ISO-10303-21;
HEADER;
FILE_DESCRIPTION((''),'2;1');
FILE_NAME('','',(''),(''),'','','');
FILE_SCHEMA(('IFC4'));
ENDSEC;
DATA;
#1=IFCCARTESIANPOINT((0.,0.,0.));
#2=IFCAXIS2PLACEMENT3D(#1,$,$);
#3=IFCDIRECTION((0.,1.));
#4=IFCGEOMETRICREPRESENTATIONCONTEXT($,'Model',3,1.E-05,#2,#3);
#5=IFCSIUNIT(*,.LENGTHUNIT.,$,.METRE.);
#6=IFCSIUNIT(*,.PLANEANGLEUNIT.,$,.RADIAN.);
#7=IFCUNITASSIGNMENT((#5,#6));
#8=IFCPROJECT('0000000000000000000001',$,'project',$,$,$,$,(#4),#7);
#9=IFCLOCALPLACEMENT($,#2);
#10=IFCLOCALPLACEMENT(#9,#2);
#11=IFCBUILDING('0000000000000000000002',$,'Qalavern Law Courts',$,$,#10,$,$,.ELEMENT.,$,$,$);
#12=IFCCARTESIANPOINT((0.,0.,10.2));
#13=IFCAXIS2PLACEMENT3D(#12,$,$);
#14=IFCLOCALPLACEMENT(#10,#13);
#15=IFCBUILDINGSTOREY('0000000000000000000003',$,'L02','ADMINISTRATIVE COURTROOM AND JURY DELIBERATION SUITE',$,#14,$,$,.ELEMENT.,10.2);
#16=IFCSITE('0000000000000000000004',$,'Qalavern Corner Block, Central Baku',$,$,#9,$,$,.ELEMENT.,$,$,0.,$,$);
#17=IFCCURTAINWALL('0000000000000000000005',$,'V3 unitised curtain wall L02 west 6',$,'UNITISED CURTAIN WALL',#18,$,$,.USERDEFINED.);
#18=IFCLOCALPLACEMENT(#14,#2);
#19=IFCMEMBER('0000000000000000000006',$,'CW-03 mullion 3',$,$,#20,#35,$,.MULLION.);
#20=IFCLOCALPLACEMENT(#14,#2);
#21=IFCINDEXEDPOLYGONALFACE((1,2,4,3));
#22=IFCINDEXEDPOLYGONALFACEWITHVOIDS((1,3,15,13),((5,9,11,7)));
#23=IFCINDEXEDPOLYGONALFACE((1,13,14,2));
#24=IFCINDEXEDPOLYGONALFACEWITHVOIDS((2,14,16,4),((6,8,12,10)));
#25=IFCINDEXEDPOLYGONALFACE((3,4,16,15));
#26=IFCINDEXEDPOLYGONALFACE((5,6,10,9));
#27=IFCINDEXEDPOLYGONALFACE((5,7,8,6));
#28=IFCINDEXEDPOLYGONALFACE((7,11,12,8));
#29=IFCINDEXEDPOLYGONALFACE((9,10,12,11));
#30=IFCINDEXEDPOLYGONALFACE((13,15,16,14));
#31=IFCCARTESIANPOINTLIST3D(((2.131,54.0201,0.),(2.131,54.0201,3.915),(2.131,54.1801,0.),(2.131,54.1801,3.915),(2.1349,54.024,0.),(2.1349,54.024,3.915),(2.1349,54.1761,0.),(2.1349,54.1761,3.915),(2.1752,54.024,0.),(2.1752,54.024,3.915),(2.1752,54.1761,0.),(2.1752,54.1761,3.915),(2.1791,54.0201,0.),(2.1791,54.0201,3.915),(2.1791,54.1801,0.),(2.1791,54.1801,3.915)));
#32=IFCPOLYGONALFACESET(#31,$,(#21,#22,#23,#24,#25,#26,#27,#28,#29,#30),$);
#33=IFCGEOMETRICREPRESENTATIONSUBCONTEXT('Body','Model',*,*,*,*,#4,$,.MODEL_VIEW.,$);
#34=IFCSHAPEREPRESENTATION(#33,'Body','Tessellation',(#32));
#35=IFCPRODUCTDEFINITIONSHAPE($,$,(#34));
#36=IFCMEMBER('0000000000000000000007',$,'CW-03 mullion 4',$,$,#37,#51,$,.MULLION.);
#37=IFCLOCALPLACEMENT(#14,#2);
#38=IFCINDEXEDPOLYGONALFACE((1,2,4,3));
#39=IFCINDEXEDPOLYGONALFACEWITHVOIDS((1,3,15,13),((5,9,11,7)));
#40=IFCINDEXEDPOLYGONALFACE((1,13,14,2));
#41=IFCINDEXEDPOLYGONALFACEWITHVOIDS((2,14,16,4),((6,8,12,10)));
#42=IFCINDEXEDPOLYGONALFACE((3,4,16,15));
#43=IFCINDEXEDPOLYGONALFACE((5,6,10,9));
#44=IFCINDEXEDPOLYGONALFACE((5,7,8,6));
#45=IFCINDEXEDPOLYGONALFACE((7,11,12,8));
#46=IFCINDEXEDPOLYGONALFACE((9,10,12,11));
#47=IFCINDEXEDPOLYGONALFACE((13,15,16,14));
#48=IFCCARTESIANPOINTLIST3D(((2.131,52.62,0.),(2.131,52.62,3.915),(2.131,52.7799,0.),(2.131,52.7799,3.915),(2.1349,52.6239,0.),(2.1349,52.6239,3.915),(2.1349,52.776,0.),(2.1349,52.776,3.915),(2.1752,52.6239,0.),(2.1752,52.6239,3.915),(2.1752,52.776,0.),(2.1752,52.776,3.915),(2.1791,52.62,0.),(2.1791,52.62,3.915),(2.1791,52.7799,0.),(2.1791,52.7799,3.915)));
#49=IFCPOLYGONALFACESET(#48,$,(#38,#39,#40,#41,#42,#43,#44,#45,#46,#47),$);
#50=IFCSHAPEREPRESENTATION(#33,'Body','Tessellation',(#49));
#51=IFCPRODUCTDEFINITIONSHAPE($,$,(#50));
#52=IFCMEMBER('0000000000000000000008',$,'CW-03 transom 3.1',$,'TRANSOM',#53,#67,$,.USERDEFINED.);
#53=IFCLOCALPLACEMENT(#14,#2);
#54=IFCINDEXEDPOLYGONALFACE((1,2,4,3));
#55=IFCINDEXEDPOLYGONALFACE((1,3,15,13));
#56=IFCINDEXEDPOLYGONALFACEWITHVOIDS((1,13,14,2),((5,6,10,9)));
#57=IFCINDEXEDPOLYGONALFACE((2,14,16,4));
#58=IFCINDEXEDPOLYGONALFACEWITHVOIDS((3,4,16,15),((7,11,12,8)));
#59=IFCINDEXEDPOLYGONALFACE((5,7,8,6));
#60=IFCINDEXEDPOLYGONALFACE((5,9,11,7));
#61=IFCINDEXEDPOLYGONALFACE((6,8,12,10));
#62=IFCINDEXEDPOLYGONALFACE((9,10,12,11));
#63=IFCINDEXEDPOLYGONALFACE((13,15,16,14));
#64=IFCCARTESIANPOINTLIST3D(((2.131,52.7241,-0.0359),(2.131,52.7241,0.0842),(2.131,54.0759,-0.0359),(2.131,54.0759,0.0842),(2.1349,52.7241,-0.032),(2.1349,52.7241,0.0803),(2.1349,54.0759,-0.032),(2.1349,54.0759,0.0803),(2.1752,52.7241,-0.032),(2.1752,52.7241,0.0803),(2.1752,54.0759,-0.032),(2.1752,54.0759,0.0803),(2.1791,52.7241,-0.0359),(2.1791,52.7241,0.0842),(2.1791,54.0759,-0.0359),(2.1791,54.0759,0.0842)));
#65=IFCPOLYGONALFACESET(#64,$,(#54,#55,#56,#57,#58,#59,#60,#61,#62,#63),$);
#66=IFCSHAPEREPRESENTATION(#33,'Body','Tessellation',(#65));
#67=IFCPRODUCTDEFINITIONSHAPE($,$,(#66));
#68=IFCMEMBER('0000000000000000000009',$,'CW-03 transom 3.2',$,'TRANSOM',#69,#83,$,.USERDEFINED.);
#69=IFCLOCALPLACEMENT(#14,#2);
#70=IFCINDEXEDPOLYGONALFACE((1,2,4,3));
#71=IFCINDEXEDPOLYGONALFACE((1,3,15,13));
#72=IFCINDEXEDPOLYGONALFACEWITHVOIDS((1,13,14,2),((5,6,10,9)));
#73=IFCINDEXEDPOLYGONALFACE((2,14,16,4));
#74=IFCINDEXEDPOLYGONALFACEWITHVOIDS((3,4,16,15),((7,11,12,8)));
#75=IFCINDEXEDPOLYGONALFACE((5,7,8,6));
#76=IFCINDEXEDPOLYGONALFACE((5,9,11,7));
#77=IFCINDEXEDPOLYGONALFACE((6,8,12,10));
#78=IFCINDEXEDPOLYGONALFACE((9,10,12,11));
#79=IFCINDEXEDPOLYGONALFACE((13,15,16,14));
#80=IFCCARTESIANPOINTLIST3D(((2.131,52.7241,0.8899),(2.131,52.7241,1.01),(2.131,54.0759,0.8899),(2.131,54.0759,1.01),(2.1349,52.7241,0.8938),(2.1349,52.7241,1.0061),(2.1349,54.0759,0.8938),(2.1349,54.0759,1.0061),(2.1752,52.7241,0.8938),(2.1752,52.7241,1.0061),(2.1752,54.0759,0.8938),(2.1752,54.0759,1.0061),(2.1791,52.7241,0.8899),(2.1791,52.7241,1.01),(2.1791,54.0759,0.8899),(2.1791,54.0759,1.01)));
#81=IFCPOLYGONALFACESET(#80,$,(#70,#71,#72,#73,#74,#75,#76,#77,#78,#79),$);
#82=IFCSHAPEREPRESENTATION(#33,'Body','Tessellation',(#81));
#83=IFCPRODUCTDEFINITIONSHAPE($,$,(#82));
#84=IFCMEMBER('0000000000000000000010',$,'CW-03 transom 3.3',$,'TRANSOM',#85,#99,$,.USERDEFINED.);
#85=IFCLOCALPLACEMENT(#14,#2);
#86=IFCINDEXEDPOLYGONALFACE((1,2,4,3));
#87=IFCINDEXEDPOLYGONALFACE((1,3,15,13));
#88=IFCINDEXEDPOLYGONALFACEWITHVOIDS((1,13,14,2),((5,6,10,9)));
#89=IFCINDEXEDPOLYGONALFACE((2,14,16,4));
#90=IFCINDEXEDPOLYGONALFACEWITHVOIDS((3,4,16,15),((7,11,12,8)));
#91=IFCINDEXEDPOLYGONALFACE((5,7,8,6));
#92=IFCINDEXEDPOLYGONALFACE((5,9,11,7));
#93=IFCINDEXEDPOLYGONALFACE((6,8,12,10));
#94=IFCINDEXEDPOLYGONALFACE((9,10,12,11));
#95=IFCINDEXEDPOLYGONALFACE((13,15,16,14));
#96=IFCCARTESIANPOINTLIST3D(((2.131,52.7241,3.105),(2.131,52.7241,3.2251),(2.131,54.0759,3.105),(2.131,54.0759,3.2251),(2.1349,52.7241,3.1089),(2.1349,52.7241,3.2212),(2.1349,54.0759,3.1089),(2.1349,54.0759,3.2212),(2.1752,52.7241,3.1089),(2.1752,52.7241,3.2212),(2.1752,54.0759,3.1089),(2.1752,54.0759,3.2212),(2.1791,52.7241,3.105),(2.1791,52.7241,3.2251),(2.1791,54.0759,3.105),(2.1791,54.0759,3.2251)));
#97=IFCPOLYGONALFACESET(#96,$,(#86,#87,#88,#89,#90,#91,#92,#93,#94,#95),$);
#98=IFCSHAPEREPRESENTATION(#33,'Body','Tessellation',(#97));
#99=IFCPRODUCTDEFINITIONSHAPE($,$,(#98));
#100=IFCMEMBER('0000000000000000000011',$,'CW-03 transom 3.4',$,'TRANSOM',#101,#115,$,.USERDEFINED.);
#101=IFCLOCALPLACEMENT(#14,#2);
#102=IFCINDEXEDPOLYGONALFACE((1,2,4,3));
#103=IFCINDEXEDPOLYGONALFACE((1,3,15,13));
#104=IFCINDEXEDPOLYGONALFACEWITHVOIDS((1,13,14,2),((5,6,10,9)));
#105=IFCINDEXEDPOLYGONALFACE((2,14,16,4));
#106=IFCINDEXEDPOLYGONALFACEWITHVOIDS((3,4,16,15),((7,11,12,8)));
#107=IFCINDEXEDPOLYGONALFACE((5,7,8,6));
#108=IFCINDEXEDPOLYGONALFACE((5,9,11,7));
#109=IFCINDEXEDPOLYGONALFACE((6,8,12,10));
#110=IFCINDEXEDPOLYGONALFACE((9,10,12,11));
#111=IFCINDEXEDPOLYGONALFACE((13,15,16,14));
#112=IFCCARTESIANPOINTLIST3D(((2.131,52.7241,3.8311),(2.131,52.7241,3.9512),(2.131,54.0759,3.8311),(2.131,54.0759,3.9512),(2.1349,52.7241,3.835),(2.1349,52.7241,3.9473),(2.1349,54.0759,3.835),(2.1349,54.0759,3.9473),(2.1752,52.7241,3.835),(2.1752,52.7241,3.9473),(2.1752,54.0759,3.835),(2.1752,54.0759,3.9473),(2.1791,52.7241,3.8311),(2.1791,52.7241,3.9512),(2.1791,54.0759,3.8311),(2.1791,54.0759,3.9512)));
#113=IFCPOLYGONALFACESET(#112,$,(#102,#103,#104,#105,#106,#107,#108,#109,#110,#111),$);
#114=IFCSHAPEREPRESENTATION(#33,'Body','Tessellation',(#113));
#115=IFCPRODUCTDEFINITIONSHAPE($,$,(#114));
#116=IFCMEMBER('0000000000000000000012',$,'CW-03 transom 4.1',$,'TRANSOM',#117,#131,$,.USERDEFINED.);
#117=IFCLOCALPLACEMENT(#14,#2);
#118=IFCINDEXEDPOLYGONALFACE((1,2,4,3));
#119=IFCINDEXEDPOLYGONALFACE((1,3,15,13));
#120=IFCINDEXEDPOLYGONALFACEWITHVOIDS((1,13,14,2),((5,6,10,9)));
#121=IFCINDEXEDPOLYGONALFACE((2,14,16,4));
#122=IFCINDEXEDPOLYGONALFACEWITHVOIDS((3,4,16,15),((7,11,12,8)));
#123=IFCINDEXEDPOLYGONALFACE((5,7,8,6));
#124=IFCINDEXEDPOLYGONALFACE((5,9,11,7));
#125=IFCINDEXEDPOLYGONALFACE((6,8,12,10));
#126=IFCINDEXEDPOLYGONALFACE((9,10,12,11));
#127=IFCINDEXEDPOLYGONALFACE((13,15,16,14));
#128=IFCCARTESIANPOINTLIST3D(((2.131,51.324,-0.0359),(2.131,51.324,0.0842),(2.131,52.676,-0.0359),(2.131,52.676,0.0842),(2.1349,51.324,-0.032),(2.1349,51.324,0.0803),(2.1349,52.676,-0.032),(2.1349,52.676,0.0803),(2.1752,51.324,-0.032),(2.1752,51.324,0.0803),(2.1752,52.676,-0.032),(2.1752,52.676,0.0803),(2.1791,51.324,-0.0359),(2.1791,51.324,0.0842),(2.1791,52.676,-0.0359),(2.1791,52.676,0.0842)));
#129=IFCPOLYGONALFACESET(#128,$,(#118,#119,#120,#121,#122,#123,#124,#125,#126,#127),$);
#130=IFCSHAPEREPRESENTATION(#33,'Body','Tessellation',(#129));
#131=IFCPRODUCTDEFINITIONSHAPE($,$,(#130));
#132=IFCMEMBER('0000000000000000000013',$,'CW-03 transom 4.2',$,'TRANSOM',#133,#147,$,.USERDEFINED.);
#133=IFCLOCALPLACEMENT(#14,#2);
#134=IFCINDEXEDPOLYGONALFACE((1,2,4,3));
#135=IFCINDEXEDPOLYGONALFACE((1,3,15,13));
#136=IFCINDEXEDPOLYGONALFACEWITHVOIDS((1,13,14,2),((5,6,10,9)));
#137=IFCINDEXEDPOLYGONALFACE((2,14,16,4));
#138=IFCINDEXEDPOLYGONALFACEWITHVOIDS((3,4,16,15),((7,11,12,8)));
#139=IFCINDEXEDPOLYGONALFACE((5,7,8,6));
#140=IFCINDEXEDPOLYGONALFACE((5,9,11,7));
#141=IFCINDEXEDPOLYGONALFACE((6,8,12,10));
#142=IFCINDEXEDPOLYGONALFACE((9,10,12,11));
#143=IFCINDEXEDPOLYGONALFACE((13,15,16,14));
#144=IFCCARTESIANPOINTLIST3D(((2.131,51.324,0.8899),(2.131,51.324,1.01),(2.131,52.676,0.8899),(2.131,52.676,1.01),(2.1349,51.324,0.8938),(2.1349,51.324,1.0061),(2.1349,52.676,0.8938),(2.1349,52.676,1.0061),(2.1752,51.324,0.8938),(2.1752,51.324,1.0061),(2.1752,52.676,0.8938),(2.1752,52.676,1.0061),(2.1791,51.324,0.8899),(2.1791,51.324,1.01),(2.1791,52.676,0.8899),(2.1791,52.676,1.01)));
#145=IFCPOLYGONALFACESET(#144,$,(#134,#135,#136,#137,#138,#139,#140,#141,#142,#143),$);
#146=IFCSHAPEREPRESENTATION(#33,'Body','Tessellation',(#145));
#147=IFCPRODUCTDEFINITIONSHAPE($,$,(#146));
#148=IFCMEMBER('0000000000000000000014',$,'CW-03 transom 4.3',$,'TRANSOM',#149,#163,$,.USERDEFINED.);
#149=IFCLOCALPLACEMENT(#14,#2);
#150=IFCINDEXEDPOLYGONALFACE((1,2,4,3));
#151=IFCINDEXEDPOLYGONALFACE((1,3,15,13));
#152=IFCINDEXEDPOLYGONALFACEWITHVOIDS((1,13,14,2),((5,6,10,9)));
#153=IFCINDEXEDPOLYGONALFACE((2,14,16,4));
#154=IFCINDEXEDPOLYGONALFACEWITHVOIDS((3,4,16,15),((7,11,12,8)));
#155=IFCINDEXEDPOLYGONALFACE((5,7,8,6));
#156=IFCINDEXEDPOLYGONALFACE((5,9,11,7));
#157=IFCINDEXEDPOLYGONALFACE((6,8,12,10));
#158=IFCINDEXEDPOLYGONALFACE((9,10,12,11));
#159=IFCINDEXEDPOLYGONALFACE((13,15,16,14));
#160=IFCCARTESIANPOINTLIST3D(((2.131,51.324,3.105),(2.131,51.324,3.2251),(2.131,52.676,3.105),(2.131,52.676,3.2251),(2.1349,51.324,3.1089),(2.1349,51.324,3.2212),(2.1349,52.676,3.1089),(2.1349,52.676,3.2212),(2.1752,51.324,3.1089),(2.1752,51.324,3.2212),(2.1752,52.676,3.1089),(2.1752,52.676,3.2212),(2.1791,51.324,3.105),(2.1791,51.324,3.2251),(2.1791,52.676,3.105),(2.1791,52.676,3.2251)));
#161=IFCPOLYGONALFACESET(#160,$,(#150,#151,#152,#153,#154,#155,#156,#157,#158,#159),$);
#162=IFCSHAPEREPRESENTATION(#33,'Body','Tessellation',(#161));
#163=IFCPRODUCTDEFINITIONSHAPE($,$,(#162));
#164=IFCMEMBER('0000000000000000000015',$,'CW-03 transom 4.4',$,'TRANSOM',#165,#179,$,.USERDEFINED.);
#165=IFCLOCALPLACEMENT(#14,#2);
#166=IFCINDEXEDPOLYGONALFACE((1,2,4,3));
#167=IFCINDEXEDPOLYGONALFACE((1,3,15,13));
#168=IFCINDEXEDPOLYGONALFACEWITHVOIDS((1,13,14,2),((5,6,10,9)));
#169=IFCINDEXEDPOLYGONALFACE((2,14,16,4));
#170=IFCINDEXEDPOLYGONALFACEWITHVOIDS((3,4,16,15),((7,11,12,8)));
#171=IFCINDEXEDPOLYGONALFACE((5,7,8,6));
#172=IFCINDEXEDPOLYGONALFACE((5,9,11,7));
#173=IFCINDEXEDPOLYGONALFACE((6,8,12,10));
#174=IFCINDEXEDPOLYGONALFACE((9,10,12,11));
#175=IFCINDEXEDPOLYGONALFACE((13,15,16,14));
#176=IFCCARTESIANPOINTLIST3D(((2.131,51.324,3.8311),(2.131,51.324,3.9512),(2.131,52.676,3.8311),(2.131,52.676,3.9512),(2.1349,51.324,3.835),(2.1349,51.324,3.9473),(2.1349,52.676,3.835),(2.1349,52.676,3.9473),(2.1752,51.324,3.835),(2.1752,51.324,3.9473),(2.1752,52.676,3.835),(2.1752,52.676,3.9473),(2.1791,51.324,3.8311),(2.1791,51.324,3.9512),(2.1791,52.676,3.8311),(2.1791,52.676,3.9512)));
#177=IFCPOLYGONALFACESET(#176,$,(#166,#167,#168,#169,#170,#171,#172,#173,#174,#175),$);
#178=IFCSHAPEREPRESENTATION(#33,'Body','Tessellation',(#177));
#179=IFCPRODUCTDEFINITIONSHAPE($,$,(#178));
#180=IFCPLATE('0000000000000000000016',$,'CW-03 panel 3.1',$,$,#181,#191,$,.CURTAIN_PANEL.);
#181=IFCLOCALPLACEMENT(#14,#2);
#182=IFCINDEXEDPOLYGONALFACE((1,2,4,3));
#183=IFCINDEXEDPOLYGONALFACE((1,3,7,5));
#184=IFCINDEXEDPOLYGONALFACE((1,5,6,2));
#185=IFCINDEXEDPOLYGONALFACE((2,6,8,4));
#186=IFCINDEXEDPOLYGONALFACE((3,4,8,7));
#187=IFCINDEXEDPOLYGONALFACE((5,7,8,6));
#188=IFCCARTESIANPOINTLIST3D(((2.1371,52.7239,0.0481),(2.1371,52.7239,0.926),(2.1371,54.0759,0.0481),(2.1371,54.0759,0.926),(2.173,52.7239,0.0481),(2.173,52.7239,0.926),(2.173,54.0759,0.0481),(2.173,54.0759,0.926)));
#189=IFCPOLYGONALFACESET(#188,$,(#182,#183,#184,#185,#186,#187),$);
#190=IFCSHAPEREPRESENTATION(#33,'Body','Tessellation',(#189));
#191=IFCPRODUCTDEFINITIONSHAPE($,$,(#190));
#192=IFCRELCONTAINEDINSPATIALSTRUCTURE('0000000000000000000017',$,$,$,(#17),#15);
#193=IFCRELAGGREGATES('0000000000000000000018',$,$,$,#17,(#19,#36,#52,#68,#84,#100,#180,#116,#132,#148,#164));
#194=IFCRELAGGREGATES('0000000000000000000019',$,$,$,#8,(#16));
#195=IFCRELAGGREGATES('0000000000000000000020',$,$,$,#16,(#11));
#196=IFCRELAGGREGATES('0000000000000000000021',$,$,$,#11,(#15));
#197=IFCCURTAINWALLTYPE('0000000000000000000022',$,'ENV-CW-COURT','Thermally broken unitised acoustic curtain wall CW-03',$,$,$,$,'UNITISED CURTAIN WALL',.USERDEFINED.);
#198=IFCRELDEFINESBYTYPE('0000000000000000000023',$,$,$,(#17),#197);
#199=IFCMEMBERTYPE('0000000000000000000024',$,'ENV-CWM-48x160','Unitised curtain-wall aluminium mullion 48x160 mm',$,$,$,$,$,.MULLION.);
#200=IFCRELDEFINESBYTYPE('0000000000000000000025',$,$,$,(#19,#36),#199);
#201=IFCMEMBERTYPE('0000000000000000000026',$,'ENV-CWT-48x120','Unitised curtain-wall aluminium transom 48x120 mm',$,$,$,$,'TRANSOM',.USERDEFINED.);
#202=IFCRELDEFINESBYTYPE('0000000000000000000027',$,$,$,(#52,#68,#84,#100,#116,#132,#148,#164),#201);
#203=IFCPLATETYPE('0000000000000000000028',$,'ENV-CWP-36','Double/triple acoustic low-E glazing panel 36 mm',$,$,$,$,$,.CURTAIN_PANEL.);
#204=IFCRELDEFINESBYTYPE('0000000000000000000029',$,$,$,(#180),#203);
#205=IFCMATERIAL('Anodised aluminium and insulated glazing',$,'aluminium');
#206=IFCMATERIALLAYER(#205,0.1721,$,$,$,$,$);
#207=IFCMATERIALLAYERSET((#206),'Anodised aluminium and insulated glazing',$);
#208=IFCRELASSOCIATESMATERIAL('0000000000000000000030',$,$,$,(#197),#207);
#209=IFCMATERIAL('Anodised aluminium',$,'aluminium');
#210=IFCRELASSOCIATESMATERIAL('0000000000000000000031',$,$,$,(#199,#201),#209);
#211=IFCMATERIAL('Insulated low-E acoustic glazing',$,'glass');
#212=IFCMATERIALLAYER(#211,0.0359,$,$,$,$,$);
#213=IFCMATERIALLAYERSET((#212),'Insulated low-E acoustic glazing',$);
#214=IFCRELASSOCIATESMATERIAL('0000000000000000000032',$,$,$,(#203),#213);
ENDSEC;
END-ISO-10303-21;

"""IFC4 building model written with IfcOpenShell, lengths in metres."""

from ifc_helpers import new_model, si_unit, direction, frame, origin, origin_2d, place, context, subcontext, project, spatial, rectangle, hollow_rectangle, extrude, material, layer, layer_set, material_profile, profile_set, type_object, element, aggregate, save


model = new_model("IFC4")

# Units and contexts
model_context = context("Model", 3, precision=1e-05, world=origin(), true_north=direction((0.0, 1.0)))
body_context = subcontext(model_context, "Body", "Model", "MODEL_VIEW")
ifc_project = project(units=[si_unit("LENGTHUNIT", "METRE"), si_unit("PLANEANGLEUNIT", "RADIAN")], contexts=[model_context])

# Site, building, storey
site_placement = place(None, origin())
site = spatial("IfcSite", under=ifc_project, at=site_placement, Name="Qalavern Corner Block, Central Baku", CompositionType="ELEMENT", RefElevation=0.0)
building_placement = place(site_placement, origin())
building = spatial("IfcBuilding", under=site, at=building_placement, Name="Qalavern Law Courts", CompositionType="ELEMENT")
storey_placement = place(building_placement, frame((0.0, 0.0, 10.2)))
storey = spatial("IfcBuildingStorey", under=building, at=storey_placement, Name="L02", Description="ADMINISTRATIVE COURTROOM AND JURY DELIBERATION SUITE", CompositionType="ELEMENT", Elevation=10.2)

# Curtain wall, members, plate
ifc_material_1 = material(Name="Anodised aluminium and insulated glazing", Category="aluminium")
ifc_layer_1 = layer(ifc_material_1, 0.1721)
ifc_layer_set_1 = layer_set([ifc_layer_1], Name="Anodised aluminium and insulated glazing")
curtain_wall_type = type_object("IfcCurtainWallType", Name="ENV-CW-COURT", Description="Thermally broken unitised acoustic curtain wall CW-03", ElementType="UNITISED CURTAIN WALL", PredefinedType="USERDEFINED", material=ifc_layer_set_1)
curtain_wall_placement = place(storey_placement, origin())
curtain_wall = element("IfcCurtainWall", 1, at=curtain_wall_placement, inside=storey, type_object=curtain_wall_type, Name="V3 unitised curtain wall L02 west 6", ObjectType="UNITISED CURTAIN WALL", PredefinedType="USERDEFINED")
ifc_material_2 = material(Name="Anodised aluminium", Category="aluminium")
ifc_material_profile_1 = material_profile(ifc_material_2, hollow_rectangle(XDim=0.0481, YDim=0.1599, WallThickness=0.0039, at=origin_2d()), Name="ALU MULLION 48x160")
ifc_profile_set_1 = profile_set([ifc_material_profile_1], Name="Anodised aluminium")
member_type_1 = type_object("IfcMemberType", Name="ENV-CWM-48x160", Description="Unitised curtain-wall aluminium mullion 48x160 mm", PredefinedType="MULLION", material=ifc_profile_set_1)
member_1_placement = place(storey_placement, frame((2.155, 54.1001, 0.0), z_axis=(0.0, 0.0, 1.0), x_axis=(1.0, 0.0, 0.0)))
member_1 = element("IfcMember", 2, at=member_1_placement, type_object=member_type_1, Name="CW-03 mullion 3", PredefinedType="MULLION", context=body_context, shape_type="SweptSolid", body=[
    extrude(hollow_rectangle(XDim=0.0481, YDim=0.1599, WallThickness=0.0039, at=origin_2d()), origin(), (0.0, 0.0, 1.0), 3.915),
])
member_2_placement = place(storey_placement, frame((2.155, 52.7, 0.0), z_axis=(0.0, 0.0, 1.0), x_axis=(1.0, 0.0, 0.0)))
member_2 = element("IfcMember", 3, at=member_2_placement, type_object=member_type_1, Name="CW-03 mullion 4", PredefinedType="MULLION", context=body_context, shape_type="SweptSolid", body=[
    extrude(hollow_rectangle(XDim=0.0481, YDim=0.1599, WallThickness=0.0039, at=origin_2d()), origin(), (0.0, 0.0, 1.0), 3.915),
])
ifc_material_profile_2 = material_profile(ifc_material_2, hollow_rectangle(XDim=0.0481, YDim=0.1201, WallThickness=0.0039, at=origin_2d()), Name="ALU TRANSOM 48x120")
ifc_profile_set_2 = profile_set([ifc_material_profile_2], Name="Anodised aluminium")
member_type_2 = type_object("IfcMemberType", Name="ENV-CWT-48x120", Description="Unitised curtain-wall aluminium transom 48x120 mm", ElementType="TRANSOM", PredefinedType="USERDEFINED", material=ifc_profile_set_2)
member_3_placement = place(storey_placement, frame((2.155, 54.0759, 0.0242), z_axis=(0.0, -1.0, 0.0), x_axis=(1.0, 0.0, 0.0)))
member_3 = element("IfcMember", 4, at=member_3_placement, type_object=member_type_2, Name="CW-03 transom 3.1", ObjectType="TRANSOM", PredefinedType="USERDEFINED", context=body_context, shape_type="SweptSolid", body=[
    extrude(hollow_rectangle(XDim=0.0481, YDim=0.1201, WallThickness=0.0039, at=origin_2d()), origin(), (0.0, 0.0, 1.0), 1.3518),
])
member_4_placement = place(storey_placement, frame((2.155, 54.0759, 0.95), z_axis=(0.0, -1.0, 0.0), x_axis=(1.0, 0.0, 0.0)))
member_4 = element("IfcMember", 5, at=member_4_placement, type_object=member_type_2, Name="CW-03 transom 3.2", ObjectType="TRANSOM", PredefinedType="USERDEFINED", context=body_context, shape_type="SweptSolid", body=[
    extrude(hollow_rectangle(XDim=0.0481, YDim=0.1201, WallThickness=0.0039, at=origin_2d()), origin(), (0.0, 0.0, 1.0), 1.3518),
])
member_5_placement = place(storey_placement, frame((2.155, 54.0759, 3.165), z_axis=(0.0, -1.0, 0.0), x_axis=(1.0, 0.0, 0.0)))
member_5 = element("IfcMember", 6, at=member_5_placement, type_object=member_type_2, Name="CW-03 transom 3.3", ObjectType="TRANSOM", PredefinedType="USERDEFINED", context=body_context, shape_type="SweptSolid", body=[
    extrude(hollow_rectangle(XDim=0.0481, YDim=0.1201, WallThickness=0.0039, at=origin_2d()), origin(), (0.0, 0.0, 1.0), 1.3518),
])
member_6_placement = place(storey_placement, frame((2.155, 54.0759, 3.8911), z_axis=(0.0, -1.0, 0.0), x_axis=(1.0, 0.0, 0.0)))
member_6 = element("IfcMember", 7, at=member_6_placement, type_object=member_type_2, Name="CW-03 transom 3.4", ObjectType="TRANSOM", PredefinedType="USERDEFINED", context=body_context, shape_type="SweptSolid", body=[
    extrude(hollow_rectangle(XDim=0.0481, YDim=0.1201, WallThickness=0.0039, at=origin_2d()), origin(), (0.0, 0.0, 1.0), 1.3518),
])
member_7_placement = place(storey_placement, frame((2.155, 52.676, 0.0242), z_axis=(0.0, -1.0, 0.0), x_axis=(1.0, 0.0, 0.0)))
member_7 = element("IfcMember", 8, at=member_7_placement, type_object=member_type_2, Name="CW-03 transom 4.1", ObjectType="TRANSOM", PredefinedType="USERDEFINED", context=body_context, shape_type="SweptSolid", body=[
    extrude(hollow_rectangle(XDim=0.0481, YDim=0.1201, WallThickness=0.0039, at=origin_2d()), origin(), (0.0, 0.0, 1.0), 1.3521),
])
member_8_placement = place(storey_placement, frame((2.155, 52.676, 0.95), z_axis=(0.0, -1.0, 0.0), x_axis=(1.0, 0.0, 0.0)))
member_8 = element("IfcMember", 9, at=member_8_placement, type_object=member_type_2, Name="CW-03 transom 4.2", ObjectType="TRANSOM", PredefinedType="USERDEFINED", context=body_context, shape_type="SweptSolid", body=[
    extrude(hollow_rectangle(XDim=0.0481, YDim=0.1201, WallThickness=0.0039, at=origin_2d()), origin(), (0.0, 0.0, 1.0), 1.3521),
])
member_9_placement = place(storey_placement, frame((2.155, 52.676, 3.165), z_axis=(0.0, -1.0, 0.0), x_axis=(1.0, 0.0, 0.0)))
member_9 = element("IfcMember", 10, at=member_9_placement, type_object=member_type_2, Name="CW-03 transom 4.3", ObjectType="TRANSOM", PredefinedType="USERDEFINED", context=body_context, shape_type="SweptSolid", body=[
    extrude(hollow_rectangle(XDim=0.0481, YDim=0.1201, WallThickness=0.0039, at=origin_2d()), origin(), (0.0, 0.0, 1.0), 1.3521),
])
member_10_placement = place(storey_placement, frame((2.155, 52.676, 3.8911), z_axis=(0.0, -1.0, 0.0), x_axis=(1.0, 0.0, 0.0)))
member_10 = element("IfcMember", 11, at=member_10_placement, type_object=member_type_2, Name="CW-03 transom 4.4", ObjectType="TRANSOM", PredefinedType="USERDEFINED", context=body_context, shape_type="SweptSolid", body=[
    extrude(hollow_rectangle(XDim=0.0481, YDim=0.1201, WallThickness=0.0039, at=origin_2d()), origin(), (0.0, 0.0, 1.0), 1.3521),
])
ifc_material_3 = material(Name="Insulated low-E acoustic glazing", Category="glass")
ifc_layer_2 = layer(ifc_material_3, 0.0359)
ifc_layer_set_2 = layer_set([ifc_layer_2], Name="Insulated low-E acoustic glazing")
plate_type = type_object("IfcPlateType", Name="ENV-CWP-36", Description="Double/triple acoustic low-E glazing panel 36 mm", PredefinedType="CURTAIN_PANEL", material=ifc_layer_set_2)
plate_1_placement = place(storey_placement, frame((2.155, 53.3999, 0.0481), z_axis=(0.0, 0.0, 1.0), x_axis=(0.0, -1.0, 0.0)))
plate_1 = element("IfcPlate", 12, at=plate_1_placement, type_object=plate_type, Name="CW-03 panel 3.1", PredefinedType="CURTAIN_PANEL", context=body_context, shape_type="SweptSolid", body=[
    extrude(rectangle(XDim=1.3521, YDim=0.0359, at=origin_2d()), origin(), (0.0, 0.0, 1.0), 0.8779),
])
aggregate(curtain_wall, [member_1, member_2, member_3, member_4, member_5, member_6, plate_1, member_7, member_8, member_9, member_10])

save(model, "model.ifc")
